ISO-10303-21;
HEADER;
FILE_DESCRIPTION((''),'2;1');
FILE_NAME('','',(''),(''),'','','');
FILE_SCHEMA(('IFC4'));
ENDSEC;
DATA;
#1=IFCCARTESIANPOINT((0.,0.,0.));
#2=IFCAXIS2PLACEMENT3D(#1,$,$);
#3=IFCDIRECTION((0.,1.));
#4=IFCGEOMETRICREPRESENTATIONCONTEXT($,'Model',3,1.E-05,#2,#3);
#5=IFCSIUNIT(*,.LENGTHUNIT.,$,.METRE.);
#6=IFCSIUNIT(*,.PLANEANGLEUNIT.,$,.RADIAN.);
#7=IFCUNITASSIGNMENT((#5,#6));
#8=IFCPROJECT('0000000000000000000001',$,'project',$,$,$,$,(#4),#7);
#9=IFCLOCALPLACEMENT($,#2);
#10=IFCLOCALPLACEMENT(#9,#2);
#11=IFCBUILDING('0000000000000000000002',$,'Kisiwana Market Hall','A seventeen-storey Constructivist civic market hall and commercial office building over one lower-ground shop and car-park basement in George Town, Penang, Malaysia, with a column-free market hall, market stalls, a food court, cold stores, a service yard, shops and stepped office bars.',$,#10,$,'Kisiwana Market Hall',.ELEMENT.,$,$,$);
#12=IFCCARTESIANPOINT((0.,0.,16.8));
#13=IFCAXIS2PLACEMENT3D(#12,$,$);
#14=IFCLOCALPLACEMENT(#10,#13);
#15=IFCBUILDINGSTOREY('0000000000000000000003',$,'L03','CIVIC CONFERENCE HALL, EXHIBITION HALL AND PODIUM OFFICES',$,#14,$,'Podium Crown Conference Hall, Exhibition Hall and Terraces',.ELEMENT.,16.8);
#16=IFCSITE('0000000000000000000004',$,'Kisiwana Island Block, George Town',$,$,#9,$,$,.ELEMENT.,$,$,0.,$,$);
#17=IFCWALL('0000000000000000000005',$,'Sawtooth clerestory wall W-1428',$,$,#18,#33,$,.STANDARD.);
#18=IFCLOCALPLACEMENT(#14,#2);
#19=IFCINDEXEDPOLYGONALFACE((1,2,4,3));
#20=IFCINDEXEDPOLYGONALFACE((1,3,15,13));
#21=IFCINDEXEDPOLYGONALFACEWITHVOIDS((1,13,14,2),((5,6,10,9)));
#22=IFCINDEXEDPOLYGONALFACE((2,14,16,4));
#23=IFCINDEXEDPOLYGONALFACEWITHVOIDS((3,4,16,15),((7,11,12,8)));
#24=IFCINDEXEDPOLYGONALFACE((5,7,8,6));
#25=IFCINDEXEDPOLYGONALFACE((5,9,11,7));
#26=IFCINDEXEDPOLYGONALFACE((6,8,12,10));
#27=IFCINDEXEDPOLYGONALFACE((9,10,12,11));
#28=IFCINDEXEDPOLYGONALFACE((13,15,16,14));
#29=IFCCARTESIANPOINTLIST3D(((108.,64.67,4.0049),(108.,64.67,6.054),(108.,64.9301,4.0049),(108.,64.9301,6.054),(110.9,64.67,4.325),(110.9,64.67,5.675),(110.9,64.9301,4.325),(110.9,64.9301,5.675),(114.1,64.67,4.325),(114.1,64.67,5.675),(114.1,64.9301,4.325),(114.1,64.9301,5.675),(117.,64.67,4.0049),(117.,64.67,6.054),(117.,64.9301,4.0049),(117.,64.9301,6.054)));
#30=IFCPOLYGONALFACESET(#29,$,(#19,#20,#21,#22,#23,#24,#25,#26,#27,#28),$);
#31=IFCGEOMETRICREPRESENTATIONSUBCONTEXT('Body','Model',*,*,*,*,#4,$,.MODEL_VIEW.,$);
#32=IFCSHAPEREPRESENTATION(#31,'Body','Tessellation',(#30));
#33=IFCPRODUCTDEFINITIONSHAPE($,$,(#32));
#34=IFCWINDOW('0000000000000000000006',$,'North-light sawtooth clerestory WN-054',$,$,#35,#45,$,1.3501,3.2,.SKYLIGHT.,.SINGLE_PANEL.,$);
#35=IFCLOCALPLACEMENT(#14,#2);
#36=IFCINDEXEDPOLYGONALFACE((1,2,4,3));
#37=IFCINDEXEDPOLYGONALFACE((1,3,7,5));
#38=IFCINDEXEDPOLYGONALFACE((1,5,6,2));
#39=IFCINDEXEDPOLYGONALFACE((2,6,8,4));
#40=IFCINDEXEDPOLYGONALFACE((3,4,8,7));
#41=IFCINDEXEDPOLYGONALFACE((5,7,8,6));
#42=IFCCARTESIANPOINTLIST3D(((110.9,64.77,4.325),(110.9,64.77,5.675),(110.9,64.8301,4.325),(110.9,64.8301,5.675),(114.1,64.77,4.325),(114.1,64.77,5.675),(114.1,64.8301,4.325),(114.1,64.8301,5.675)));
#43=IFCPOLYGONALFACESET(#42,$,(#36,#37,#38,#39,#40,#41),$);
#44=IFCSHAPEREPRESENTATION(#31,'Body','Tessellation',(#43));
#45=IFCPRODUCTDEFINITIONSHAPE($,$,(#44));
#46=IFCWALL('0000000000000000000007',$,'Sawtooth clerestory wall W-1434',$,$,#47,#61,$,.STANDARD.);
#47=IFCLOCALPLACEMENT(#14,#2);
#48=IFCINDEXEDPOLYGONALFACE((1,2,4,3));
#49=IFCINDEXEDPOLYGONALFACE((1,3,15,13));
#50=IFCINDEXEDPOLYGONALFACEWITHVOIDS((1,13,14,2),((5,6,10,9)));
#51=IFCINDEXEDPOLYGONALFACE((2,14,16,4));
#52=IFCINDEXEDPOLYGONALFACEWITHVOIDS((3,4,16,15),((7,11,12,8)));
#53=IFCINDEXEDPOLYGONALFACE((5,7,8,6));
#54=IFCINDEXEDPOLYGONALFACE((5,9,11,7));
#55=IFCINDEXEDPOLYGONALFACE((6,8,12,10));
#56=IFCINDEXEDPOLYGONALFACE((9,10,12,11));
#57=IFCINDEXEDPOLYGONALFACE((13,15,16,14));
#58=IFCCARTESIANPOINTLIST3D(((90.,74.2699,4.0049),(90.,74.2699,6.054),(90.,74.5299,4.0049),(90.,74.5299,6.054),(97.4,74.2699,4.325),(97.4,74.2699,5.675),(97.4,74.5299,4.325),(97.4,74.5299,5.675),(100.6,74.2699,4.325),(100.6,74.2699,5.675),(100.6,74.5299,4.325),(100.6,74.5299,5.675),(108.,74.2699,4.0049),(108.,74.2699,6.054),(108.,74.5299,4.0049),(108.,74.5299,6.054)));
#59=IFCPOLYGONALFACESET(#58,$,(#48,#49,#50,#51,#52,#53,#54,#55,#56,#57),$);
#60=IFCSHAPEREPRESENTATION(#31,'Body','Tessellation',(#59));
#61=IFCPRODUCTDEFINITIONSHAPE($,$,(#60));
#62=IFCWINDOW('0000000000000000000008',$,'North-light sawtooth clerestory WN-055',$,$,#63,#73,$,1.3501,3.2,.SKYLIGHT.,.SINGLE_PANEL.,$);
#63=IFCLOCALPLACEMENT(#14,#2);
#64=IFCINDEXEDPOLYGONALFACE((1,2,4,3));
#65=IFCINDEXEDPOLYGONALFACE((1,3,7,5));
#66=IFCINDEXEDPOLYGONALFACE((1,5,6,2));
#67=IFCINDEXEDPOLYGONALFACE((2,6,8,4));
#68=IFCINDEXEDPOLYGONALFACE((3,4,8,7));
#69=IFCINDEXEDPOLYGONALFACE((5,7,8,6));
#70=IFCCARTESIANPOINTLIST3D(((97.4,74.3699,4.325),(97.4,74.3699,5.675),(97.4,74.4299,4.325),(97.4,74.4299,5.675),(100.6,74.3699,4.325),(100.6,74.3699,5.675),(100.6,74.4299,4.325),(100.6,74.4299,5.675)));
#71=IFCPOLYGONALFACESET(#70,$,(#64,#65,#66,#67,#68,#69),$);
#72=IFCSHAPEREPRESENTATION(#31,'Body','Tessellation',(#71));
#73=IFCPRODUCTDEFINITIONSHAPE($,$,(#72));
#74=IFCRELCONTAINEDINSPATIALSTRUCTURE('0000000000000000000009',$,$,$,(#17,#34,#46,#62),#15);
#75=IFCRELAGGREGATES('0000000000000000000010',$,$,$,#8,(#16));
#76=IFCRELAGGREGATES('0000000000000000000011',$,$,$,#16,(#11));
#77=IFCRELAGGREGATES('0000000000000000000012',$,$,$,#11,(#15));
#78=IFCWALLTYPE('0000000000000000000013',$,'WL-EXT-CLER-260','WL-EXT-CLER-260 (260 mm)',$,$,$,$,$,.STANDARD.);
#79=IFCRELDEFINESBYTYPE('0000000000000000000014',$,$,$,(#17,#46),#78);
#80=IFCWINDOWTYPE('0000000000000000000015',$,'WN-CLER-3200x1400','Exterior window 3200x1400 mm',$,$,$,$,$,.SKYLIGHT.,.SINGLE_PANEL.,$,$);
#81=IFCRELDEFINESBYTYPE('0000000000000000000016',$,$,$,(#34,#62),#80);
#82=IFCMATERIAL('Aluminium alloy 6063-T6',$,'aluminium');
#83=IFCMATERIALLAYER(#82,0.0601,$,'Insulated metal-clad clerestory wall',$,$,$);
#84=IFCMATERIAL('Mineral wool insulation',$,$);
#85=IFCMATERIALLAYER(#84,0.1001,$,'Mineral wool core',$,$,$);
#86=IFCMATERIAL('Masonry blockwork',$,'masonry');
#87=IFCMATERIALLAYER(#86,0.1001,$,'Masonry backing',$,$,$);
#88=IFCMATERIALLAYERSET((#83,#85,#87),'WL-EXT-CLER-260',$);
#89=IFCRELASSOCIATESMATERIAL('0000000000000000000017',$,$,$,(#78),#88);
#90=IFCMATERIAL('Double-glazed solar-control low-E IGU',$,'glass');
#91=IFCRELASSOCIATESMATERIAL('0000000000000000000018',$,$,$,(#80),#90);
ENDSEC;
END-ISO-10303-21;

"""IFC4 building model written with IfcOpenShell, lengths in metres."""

from ifc_helpers import new_model, si_unit, direction, frame, frame_2d, origin, place, context, subcontext, project, spatial, rectangle, extrude, material, layer, layer_set, type_object, element, fill, save


model = new_model("IFC4")

# Units and contexts
model_context = context("Model", 3, precision=1e-05, world=origin(), true_north=direction((0.0, 1.0)))
body_context = subcontext(model_context, "Body", "Model", "MODEL_VIEW")
ifc_project = project(units=[si_unit("LENGTHUNIT", "METRE"), si_unit("PLANEANGLEUNIT", "RADIAN")], contexts=[model_context])

# Site, building, storey
site_placement = place(None, origin())
site = spatial("IfcSite", under=ifc_project, at=site_placement, Name="Kisiwana Island Block, George Town", CompositionType="ELEMENT", RefElevation=0.0)
building_placement = place(site_placement, origin())
building = spatial("IfcBuilding", under=site, at=building_placement, Name="Kisiwana Market Hall", Description="A seventeen-storey Constructivist civic market hall and commercial office building over one lower-ground shop and car-park basement in George Town, Penang, Malaysia, with a column-free market hall, market stalls, a food court, cold stores, a service yard, shops and stepped office bars.", LongName="Kisiwana Market Hall", CompositionType="ELEMENT")
storey_placement = place(building_placement, frame((0.0, 0.0, 16.8)))
storey = spatial("IfcBuildingStorey", under=building, at=storey_placement, Name="L03", Description="CIVIC CONFERENCE HALL, EXHIBITION HALL AND PODIUM OFFICES", LongName="Podium Crown Conference Hall, Exhibition Hall and Terraces", CompositionType="ELEMENT", Elevation=16.8)

# Walls, openings, windows
ifc_material_1 = material(Name="Aluminium alloy 6063-T6", Category="aluminium")
ifc_layer_1 = layer(ifc_material_1, 0.0601, Name="Insulated metal-clad clerestory wall")
ifc_material_2 = material(Name="Mineral wool insulation")
ifc_layer_2 = layer(ifc_material_2, 0.1001, Name="Mineral wool core")
ifc_material_3 = material(Name="Masonry blockwork", Category="masonry")
ifc_layer_3 = layer(ifc_material_3, 0.1001, Name="Masonry backing")
ifc_layer_set = layer_set([ifc_layer_1, ifc_layer_2, ifc_layer_3], Name="WL-EXT-CLER-260")
wall_type = type_object("IfcWallType", Name="WL-EXT-CLER-260", Description="WL-EXT-CLER-260 (260 mm)", PredefinedType="STANDARD", material=ifc_layer_set)
wall_1_placement = place(storey_placement, frame((108.0, 64.8, 4.0049), z_axis=(0.0, 0.0, 1.0), x_axis=(1.0, 0.0, 0.0)))
wall_1 = element("IfcWall", 1, at=wall_1_placement, inside=storey, type_object=wall_type, Name="Sawtooth clerestory wall W-1428", PredefinedType="STANDARD", context=body_context, shape_type="SweptSolid", body=[
    extrude(rectangle(XDim=9.0, YDim=0.26, at=frame_2d((4.5, 0.0))), origin(), (0.0, 0.0, 1.0), 2.0491),
])
opening_1_placement = place(wall_1_placement, frame((2.8999, 0.0, 0.3201)))
opening_1 = element("IfcOpeningElement", 2, at=opening_1_placement, cuts=wall_1, PredefinedType="OPENING", context=body_context, shape_type="SweptSolid", body=[
    extrude(rectangle(XDim=3.2, YDim=1.3501, at=frame_2d((1.6001, 0.675))), frame((0.0, 0.1421, 0.0), z_axis=(0.0, -1.0, 0.0), x_axis=(1.0, 0.0, 0.0)), (0.0, 0.0, 1.0), 0.2839),
])
ifc_material_4 = material(Name="Double-glazed solar-control low-E IGU", Category="glass")
window_type_1 = type_object("IfcWindowType", Name="WN-CLER-3200x1400", Description="Exterior window 3200x1400 mm", PartitioningType="SINGLE_PANEL", PredefinedType="SKYLIGHT", material=ifc_material_4)
window_1_placement = place(opening_1_placement, origin())
window_1 = element("IfcWindow", 3, at=window_1_placement, inside=storey, type_object=window_type_1, Name="North-light sawtooth clerestory WN-054", OverallHeight=1.3501, OverallWidth=3.2, PartitioningType="SINGLE_PANEL", PredefinedType="SKYLIGHT", context=body_context, shape_type="SweptSolid", body=[
    extrude(rectangle(XDim=3.2, YDim=1.3501, at=frame_2d((1.6001, 0.675))), frame((0.0, 0.03, 0.0), z_axis=(0.0, -1.0, 0.0), x_axis=(1.0, 0.0, 0.0)), (0.0, 0.0, 1.0), 0.0601),
])
fill(opening_1, window_1)
wall_2_placement = place(storey_placement, frame((90.0, 74.3999, 4.0049), z_axis=(0.0, 0.0, 1.0), x_axis=(1.0, 0.0, 0.0)))
wall_2 = element("IfcWall", 4, at=wall_2_placement, inside=storey, type_object=wall_type, Name="Sawtooth clerestory wall W-1434", PredefinedType="STANDARD", context=body_context, shape_type="SweptSolid", body=[
    extrude(rectangle(XDim=18.0, YDim=0.26, at=frame_2d((9.0, 0.0))), origin(), (0.0, 0.0, 1.0), 2.0491),
])
opening_2_placement = place(wall_2_placement, frame((7.3999, 0.0, 0.3201)))
opening_2 = element("IfcOpeningElement", 5, at=opening_2_placement, cuts=wall_2, PredefinedType="OPENING", context=body_context, shape_type="SweptSolid", body=[
    extrude(rectangle(XDim=3.2, YDim=1.3501, at=frame_2d((1.6001, 0.675))), frame((0.0, 0.1421, 0.0), z_axis=(0.0, -1.0, 0.0), x_axis=(1.0, 0.0, 0.0)), (0.0, 0.0, 1.0), 0.2839),
])
window_2_placement = place(opening_2_placement, origin())
window_2 = element("IfcWindow", 6, at=window_2_placement, inside=storey, type_object=window_type_1, Name="North-light sawtooth clerestory WN-055", OverallHeight=1.3501, OverallWidth=3.2, PartitioningType="SINGLE_PANEL", PredefinedType="SKYLIGHT", context=body_context, shape_type="SweptSolid", body=[
    extrude(rectangle(XDim=3.2, YDim=1.3501, at=frame_2d((1.6001, 0.675))), frame((0.0, 0.03, 0.0), z_axis=(0.0, -1.0, 0.0), x_axis=(1.0, 0.0, 0.0)), (0.0, 0.0, 1.0), 0.0601),
])
fill(opening_2, window_2)

save(model, "model.ifc")
